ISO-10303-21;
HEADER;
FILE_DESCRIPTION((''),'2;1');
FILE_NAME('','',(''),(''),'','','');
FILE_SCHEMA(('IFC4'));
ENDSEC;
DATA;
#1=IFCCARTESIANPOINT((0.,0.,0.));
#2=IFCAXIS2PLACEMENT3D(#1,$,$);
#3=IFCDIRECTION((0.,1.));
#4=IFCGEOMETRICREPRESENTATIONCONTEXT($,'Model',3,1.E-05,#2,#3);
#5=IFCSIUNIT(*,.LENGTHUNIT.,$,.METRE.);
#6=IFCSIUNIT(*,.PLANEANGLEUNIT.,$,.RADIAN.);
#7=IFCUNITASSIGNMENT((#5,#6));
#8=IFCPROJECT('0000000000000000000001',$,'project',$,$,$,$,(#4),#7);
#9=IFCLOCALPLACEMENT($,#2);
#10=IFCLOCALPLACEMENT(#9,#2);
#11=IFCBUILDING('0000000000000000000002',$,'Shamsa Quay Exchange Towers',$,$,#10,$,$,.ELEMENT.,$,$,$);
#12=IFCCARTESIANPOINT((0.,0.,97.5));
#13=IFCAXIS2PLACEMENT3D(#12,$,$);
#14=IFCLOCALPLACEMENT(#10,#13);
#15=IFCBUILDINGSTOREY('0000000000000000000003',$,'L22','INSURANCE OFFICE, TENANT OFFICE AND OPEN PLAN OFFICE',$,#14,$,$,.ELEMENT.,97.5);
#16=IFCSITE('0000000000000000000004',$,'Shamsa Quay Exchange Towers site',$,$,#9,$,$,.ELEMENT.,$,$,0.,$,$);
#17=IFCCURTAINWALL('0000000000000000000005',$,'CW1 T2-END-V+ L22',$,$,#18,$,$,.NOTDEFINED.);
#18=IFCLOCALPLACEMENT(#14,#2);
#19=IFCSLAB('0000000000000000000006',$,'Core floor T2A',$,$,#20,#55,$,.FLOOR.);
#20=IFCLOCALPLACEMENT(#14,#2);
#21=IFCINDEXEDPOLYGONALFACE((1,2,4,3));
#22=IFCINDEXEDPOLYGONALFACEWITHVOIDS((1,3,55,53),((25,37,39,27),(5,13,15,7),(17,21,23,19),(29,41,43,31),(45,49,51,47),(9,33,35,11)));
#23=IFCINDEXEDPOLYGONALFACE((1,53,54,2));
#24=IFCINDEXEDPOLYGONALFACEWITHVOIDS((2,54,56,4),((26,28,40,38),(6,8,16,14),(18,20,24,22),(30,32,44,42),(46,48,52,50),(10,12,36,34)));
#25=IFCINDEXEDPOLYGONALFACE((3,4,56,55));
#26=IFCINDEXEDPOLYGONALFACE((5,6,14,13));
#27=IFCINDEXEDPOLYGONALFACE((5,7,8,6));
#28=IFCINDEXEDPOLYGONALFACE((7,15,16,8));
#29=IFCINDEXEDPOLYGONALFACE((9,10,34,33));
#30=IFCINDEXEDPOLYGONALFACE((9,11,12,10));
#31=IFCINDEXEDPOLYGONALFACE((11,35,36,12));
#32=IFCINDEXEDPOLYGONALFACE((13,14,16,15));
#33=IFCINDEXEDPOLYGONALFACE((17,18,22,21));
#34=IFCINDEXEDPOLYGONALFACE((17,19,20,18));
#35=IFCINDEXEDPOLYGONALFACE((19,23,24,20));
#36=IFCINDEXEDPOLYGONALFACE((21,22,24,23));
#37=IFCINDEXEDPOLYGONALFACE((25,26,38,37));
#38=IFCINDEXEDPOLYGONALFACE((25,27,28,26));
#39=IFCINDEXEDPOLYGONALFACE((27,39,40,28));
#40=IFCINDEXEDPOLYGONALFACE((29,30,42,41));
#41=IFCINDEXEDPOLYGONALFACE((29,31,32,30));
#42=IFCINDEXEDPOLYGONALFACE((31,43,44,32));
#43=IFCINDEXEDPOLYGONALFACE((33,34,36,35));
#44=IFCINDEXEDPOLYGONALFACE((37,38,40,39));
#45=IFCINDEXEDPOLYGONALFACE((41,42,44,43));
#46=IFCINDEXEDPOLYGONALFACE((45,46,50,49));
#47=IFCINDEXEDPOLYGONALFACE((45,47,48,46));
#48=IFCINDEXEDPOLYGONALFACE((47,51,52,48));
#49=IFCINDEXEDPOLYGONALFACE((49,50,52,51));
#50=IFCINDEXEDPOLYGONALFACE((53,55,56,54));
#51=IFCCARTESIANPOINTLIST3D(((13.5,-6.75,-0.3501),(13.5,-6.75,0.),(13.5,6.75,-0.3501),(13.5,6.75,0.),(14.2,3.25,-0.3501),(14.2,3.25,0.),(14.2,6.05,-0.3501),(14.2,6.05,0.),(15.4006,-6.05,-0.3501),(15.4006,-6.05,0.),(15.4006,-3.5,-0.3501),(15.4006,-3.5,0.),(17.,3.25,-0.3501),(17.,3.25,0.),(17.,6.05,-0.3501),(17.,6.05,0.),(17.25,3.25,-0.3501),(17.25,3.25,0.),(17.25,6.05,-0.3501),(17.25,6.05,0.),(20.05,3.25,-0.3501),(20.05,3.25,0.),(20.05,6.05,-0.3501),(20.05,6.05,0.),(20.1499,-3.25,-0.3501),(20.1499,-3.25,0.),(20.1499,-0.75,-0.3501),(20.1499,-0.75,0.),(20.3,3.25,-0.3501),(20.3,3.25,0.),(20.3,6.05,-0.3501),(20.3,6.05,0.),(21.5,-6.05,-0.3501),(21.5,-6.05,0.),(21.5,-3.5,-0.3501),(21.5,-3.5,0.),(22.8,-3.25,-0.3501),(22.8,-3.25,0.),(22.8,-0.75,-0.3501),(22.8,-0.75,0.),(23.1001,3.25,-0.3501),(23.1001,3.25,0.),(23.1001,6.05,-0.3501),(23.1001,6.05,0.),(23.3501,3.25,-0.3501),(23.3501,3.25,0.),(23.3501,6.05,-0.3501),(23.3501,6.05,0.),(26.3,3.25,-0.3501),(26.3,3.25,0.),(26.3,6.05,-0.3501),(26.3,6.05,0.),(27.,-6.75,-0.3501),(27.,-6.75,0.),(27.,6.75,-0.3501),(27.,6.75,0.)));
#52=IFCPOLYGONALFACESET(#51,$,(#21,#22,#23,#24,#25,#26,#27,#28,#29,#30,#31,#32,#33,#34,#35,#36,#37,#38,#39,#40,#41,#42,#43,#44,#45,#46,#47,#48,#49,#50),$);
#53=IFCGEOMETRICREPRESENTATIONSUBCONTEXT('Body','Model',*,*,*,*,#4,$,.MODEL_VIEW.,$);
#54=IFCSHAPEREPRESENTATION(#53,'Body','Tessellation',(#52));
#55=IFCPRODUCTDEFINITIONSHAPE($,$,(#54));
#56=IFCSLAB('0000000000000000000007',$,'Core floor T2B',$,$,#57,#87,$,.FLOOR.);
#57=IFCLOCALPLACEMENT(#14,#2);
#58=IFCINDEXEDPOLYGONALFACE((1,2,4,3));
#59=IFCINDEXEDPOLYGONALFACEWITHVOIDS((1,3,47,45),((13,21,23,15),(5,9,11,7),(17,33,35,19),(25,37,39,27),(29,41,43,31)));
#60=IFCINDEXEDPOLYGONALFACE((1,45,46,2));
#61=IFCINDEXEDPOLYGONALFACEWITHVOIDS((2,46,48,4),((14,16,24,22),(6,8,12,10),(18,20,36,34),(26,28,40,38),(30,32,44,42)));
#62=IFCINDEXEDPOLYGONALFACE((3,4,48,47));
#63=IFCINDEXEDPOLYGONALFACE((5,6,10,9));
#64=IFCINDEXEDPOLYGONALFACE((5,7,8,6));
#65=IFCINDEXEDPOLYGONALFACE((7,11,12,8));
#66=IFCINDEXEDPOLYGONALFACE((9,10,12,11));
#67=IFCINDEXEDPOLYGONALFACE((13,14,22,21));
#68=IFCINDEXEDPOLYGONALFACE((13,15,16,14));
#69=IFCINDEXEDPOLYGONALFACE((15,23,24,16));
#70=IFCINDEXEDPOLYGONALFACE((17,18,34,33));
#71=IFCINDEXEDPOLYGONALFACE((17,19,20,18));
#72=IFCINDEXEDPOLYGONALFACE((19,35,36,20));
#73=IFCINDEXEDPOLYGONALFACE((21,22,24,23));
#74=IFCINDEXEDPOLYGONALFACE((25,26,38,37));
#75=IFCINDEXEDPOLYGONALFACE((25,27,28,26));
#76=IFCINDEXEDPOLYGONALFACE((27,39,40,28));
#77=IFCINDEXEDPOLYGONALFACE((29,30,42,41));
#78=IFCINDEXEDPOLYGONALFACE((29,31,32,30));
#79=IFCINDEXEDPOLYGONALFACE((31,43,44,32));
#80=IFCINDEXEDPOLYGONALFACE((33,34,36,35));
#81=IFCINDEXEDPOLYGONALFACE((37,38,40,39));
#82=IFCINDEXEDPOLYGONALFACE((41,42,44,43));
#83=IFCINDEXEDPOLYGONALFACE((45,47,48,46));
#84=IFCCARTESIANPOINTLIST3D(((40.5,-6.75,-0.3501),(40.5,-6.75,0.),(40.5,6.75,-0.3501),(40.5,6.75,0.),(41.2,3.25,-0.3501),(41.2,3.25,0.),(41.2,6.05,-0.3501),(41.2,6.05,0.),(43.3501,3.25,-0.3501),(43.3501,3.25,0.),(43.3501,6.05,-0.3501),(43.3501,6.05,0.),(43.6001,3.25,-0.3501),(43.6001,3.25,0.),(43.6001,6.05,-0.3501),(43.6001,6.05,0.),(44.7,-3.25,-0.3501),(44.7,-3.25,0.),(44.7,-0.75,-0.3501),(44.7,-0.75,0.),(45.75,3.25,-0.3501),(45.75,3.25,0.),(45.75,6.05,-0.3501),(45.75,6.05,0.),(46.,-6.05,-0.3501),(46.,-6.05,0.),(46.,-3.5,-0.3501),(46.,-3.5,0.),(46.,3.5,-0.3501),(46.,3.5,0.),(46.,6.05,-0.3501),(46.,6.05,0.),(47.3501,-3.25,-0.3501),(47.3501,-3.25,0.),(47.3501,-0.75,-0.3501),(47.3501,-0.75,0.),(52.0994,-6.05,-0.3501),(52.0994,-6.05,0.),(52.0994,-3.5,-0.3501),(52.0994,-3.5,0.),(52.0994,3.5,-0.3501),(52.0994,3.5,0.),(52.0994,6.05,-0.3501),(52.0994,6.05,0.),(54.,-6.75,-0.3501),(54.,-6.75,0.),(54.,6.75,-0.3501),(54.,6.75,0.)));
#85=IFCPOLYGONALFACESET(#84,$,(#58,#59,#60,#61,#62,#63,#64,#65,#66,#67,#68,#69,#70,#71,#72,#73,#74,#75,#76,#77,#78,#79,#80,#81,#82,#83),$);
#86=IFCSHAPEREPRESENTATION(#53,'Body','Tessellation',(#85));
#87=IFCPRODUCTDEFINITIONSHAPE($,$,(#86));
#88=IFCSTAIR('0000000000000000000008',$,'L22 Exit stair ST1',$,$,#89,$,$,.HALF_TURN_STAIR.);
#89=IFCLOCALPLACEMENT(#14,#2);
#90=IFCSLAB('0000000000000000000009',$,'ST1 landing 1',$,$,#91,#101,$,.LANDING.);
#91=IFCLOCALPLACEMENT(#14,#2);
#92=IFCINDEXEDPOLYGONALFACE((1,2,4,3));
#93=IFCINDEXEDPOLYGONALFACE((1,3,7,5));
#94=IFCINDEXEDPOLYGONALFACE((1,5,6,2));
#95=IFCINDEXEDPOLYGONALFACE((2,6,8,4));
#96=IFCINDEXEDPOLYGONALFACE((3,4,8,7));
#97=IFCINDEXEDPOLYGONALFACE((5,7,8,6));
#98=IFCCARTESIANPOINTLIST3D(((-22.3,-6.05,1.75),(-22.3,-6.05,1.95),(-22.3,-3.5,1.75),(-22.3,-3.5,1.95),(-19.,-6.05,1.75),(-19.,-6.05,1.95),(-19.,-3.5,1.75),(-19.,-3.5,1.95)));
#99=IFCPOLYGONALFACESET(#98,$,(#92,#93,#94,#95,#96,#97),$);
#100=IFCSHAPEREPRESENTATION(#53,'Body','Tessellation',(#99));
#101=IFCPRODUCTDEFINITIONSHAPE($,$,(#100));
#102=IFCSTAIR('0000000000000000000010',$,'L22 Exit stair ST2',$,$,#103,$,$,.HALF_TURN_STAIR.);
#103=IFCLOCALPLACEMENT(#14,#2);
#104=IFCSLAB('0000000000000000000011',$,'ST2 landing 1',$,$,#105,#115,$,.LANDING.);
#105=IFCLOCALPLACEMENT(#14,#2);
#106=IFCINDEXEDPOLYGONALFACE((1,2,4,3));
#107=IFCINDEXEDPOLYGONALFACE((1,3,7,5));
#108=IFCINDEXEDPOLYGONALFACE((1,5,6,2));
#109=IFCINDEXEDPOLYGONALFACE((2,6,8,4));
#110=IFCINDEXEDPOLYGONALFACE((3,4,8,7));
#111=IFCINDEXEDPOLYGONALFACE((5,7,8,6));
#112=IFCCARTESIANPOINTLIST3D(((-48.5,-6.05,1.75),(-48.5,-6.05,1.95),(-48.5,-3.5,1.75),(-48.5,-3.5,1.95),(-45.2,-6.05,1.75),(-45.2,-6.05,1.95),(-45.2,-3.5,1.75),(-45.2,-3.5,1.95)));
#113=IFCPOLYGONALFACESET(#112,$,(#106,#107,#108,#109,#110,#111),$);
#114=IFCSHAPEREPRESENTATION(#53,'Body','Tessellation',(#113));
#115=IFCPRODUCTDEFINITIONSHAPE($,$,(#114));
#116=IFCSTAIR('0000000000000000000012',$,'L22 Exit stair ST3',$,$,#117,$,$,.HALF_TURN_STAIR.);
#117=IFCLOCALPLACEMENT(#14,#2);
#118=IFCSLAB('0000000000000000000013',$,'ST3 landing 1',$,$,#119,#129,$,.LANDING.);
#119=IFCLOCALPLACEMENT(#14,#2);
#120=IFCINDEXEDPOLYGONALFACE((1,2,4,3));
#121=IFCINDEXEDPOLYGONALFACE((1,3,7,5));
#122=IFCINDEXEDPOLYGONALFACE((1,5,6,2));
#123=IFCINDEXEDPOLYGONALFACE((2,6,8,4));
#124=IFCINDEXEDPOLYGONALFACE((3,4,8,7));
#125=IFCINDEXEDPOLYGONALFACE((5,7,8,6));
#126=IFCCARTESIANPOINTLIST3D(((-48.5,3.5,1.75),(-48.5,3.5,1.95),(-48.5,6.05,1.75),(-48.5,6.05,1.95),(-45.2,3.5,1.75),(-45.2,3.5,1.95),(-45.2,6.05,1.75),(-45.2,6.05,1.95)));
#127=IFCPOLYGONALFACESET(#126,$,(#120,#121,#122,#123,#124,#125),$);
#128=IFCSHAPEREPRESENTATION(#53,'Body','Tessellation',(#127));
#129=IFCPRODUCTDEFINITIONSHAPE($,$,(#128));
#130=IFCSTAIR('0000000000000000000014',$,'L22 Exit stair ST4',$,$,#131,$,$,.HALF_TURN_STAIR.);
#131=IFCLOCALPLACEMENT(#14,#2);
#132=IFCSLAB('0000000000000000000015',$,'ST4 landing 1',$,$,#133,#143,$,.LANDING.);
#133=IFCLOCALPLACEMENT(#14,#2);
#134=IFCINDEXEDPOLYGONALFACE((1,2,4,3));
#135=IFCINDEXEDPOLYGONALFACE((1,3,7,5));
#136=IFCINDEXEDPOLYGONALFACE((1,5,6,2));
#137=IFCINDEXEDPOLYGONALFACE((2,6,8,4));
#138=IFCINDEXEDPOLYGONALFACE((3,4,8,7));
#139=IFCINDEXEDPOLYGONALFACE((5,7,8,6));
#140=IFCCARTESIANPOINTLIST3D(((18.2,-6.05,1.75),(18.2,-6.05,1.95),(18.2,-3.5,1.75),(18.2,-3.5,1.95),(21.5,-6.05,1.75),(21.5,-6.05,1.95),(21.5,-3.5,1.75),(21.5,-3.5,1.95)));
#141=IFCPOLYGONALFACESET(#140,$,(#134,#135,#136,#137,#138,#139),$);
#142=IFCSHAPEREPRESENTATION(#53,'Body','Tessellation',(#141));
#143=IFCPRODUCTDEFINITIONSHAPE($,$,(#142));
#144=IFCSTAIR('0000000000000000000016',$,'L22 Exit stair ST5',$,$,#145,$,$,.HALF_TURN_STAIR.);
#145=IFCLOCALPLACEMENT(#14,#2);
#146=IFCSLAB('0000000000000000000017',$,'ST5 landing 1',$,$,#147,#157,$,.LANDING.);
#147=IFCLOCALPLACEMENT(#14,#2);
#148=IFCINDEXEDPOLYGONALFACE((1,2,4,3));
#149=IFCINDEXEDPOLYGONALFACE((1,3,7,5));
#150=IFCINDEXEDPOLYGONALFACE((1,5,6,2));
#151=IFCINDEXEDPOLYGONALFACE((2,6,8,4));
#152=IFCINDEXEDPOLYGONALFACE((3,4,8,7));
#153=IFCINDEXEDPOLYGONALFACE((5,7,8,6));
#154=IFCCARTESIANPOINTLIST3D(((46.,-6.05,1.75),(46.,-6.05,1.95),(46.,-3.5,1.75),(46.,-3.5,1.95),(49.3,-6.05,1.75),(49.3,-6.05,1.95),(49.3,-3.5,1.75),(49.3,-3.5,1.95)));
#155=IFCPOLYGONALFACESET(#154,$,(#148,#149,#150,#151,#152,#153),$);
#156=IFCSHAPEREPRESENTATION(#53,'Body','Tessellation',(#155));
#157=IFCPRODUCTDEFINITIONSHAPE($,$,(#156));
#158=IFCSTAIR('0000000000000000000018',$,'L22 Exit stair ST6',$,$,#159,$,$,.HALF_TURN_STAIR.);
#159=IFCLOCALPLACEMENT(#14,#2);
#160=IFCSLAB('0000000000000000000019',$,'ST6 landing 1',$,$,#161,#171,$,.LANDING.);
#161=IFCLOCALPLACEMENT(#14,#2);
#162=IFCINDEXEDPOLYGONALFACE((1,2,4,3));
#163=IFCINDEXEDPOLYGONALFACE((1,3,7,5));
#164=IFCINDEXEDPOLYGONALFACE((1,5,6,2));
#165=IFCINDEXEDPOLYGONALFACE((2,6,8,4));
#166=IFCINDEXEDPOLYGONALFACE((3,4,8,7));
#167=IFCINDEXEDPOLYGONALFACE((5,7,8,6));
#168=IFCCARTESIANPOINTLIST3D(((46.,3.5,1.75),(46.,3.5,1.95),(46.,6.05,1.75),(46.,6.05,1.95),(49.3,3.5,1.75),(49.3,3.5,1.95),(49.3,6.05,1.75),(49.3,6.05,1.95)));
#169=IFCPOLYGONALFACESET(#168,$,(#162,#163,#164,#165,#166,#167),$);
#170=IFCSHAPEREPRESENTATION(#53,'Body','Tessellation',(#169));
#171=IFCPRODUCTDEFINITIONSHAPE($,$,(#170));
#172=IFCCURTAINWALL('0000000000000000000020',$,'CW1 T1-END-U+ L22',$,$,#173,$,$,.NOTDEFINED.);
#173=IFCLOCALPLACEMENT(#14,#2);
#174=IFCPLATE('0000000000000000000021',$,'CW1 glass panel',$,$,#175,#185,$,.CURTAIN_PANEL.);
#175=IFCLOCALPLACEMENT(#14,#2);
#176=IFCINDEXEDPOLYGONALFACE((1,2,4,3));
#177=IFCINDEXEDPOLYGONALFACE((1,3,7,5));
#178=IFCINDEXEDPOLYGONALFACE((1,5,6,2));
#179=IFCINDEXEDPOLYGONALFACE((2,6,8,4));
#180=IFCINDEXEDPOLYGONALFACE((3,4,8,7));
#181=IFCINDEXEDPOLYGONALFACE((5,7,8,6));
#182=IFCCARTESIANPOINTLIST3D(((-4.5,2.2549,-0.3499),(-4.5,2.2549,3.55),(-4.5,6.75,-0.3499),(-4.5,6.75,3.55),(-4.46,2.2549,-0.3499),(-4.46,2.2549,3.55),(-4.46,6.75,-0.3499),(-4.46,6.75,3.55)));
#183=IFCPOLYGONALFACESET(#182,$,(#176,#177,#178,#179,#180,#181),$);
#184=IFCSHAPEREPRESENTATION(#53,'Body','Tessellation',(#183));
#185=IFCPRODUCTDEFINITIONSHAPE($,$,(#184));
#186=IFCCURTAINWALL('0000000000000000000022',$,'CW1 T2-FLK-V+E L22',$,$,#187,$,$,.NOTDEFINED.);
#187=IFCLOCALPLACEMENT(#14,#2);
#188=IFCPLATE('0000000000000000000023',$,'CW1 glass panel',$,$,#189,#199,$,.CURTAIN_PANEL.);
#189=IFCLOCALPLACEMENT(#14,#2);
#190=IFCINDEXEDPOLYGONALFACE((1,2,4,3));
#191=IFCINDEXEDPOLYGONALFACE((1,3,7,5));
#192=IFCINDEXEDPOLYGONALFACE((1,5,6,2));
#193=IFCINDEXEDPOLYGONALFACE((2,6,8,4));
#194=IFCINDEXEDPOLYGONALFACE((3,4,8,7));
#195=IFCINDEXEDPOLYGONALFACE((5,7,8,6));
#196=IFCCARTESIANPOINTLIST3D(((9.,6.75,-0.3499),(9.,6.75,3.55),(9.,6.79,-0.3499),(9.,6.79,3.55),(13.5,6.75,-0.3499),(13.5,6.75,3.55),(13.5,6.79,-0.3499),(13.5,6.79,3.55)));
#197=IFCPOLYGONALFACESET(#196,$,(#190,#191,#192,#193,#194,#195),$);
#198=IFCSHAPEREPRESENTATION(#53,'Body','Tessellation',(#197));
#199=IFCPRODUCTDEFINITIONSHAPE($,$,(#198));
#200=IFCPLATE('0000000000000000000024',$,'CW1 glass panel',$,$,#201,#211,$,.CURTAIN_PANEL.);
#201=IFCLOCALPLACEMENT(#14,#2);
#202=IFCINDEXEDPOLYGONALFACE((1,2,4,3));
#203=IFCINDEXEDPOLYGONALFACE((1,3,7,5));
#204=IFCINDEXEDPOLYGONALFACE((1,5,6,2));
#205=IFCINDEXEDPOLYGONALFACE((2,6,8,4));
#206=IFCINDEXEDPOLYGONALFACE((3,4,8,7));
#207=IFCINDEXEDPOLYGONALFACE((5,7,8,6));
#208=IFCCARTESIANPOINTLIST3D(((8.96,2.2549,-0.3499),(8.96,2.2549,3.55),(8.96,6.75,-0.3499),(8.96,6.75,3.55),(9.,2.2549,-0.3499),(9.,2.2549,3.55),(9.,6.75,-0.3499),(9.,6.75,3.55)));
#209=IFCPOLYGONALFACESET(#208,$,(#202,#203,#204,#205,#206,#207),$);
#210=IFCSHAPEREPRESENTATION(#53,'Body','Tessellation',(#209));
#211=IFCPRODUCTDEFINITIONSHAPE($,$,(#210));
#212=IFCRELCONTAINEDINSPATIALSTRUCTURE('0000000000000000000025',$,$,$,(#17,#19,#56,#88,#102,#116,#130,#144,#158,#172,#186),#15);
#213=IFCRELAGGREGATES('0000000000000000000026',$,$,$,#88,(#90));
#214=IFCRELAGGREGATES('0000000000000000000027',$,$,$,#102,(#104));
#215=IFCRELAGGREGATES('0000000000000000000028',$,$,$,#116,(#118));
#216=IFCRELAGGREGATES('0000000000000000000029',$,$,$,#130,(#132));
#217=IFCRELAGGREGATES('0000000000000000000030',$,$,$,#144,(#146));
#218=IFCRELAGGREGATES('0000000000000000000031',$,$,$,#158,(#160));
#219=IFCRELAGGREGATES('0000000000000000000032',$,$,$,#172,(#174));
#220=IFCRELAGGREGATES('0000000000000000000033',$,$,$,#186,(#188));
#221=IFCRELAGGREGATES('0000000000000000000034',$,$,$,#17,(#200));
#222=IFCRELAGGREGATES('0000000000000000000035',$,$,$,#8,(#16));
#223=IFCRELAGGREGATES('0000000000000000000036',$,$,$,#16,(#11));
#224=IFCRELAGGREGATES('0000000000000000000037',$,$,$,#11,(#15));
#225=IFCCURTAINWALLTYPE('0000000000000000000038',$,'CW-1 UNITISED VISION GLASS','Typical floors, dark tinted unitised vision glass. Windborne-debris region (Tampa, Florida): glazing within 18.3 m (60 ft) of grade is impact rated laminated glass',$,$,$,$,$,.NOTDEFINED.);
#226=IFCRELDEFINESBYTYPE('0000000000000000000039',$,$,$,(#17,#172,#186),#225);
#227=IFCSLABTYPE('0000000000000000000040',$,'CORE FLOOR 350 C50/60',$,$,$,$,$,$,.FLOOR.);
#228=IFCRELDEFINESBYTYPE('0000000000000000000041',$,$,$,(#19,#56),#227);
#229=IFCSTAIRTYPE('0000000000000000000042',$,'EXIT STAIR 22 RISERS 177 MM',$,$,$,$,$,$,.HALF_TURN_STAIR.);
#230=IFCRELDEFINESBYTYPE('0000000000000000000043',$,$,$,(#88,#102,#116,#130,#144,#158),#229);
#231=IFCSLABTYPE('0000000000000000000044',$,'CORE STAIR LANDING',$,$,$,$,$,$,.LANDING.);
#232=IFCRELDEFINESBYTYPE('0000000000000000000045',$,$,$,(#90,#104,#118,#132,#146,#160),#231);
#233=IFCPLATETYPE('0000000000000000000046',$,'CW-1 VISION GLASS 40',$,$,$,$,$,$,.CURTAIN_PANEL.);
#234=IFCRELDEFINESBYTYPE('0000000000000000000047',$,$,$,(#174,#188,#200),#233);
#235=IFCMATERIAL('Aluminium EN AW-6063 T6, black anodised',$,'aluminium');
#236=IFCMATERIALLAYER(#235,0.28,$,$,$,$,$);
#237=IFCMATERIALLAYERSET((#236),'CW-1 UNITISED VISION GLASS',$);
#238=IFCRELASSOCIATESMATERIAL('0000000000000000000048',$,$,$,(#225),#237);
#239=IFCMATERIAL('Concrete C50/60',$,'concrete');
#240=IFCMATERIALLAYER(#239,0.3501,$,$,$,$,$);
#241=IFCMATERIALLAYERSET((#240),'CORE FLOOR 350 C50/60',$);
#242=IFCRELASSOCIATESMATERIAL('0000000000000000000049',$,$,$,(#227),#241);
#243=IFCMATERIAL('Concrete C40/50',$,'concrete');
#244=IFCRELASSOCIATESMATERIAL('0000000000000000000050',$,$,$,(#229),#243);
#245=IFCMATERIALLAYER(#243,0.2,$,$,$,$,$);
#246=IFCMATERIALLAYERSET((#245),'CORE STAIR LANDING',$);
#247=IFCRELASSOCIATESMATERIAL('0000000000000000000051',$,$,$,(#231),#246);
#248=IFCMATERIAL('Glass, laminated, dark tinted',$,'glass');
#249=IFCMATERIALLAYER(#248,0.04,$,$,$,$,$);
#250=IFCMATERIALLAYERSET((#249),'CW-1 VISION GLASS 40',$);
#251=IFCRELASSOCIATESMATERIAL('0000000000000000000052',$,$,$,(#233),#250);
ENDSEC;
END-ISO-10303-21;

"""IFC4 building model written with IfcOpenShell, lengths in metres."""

from ifc_helpers import new_model, si_unit, direction, frame, origin, origin_2d, place, context, subcontext, project, spatial, polyline, rectangle, outline, extrude, material, layer, layer_set, type_object, element, aggregate, save


model = new_model("IFC4")

# Units and contexts
model_context = context("Model", 3, precision=1e-05, world=origin(), true_north=direction((0.0, 1.0)))
body_context = subcontext(model_context, "Body", "Model", "MODEL_VIEW")
ifc_project = project(units=[si_unit("LENGTHUNIT", "METRE"), si_unit("PLANEANGLEUNIT", "RADIAN")], contexts=[model_context])

# Site, building, storey
site_placement = place(None, origin())
site = spatial("IfcSite", under=ifc_project, at=site_placement, Name="Shamsa Quay Exchange Towers site", CompositionType="ELEMENT", RefElevation=0.0)
building_placement = place(site_placement, origin())
building = spatial("IfcBuilding", under=site, at=building_placement, Name="Shamsa Quay Exchange Towers", CompositionType="ELEMENT")
storey_placement = place(building_placement, frame((0.0, 0.0, 97.5)))
storey = spatial("IfcBuildingStorey", under=building, at=storey_placement, Name="L22", Description="INSURANCE OFFICE, TENANT OFFICE AND OPEN PLAN OFFICE", CompositionType="ELEMENT", Elevation=97.5)

# Curtain wall
ifc_material_1 = material(Name="Aluminium EN AW-6063 T6, black anodised", Category="aluminium")
ifc_layer_1 = layer(ifc_material_1, 0.28)
ifc_layer_set_1 = layer_set([ifc_layer_1], Name="CW-1 UNITISED VISION GLASS")
curtain_wall_type = type_object("IfcCurtainWallType", Name="CW-1 UNITISED VISION GLASS", Description="Typical floors, dark tinted unitised vision glass. Windborne-debris region (Tampa, Florida): glazing within 18.3 m (60 ft) of grade is impact rated laminated glass", PredefinedType="NOTDEFINED", material=ifc_layer_set_1)
curtain_wall_1_placement = place(storey_placement, origin())
curtain_wall_1 = element("IfcCurtainWall", 1, at=curtain_wall_1_placement, inside=storey, type_object=curtain_wall_type, Name="CW1 T2-END-V+ L22", PredefinedType="NOTDEFINED")

# Slabs
ifc_material_2 = material(Name="Concrete C50/60", Category="concrete")
ifc_layer_2 = layer(ifc_material_2, 0.3501)
ifc_layer_set_2 = layer_set([ifc_layer_2], Name="CORE FLOOR 350 C50/60")
slab_type_1 = type_object("IfcSlabType", Name="CORE FLOOR 350 C50/60", PredefinedType="FLOOR", material=ifc_layer_set_2)
slab_1_placement = place(storey_placement, frame((0.0, 0.0, -0.3501)))
element("IfcSlab", 2, at=slab_1_placement, inside=storey, type_object=slab_type_1, Name="Core floor T2A", PredefinedType="FLOOR", context=body_context, shape_type="SweptSolid", body=[
    extrude(outline(polyline([(13.5, -6.75), (27.0, -6.75), (27.0, 6.75), (13.5, 6.75), (13.5, -6.75)]), holes=[polyline([(15.4006, -6.05), (15.4006, -3.5), (21.5, -3.5), (21.5, -6.05), (15.4006, -6.05)]), polyline([(14.2, 3.25), (14.2, 6.05), (17.0, 6.05), (17.0, 3.25), (14.2, 3.25)]), polyline([(17.25, 3.25), (17.25, 6.05), (20.05, 6.05), (20.05, 3.25), (17.25, 3.25)]), polyline([(20.3, 3.25), (20.3, 6.05), (23.1001, 6.05), (23.1001, 3.25), (20.3, 3.25)]), polyline([(23.3501, 3.25), (23.3501, 6.05), (26.3, 6.05), (26.3, 3.25), (23.3501, 3.25)]), polyline([(20.1499, -3.25), (20.1499, -0.75), (22.8, -0.75), (22.8, -3.25), (20.1499, -3.25)])]), origin(), (0.0, 0.0, 1.0), 0.3501),
])
slab_2_placement = place(storey_placement, frame((0.0, 0.0, -0.3501)))
element("IfcSlab", 3, at=slab_2_placement, inside=storey, type_object=slab_type_1, Name="Core floor T2B", PredefinedType="FLOOR", context=body_context, shape_type="SweptSolid", body=[
    extrude(outline(polyline([(54.0, -6.75), (54.0, 6.75), (40.5, 6.75), (40.5, -6.75), (54.0, -6.75)]), holes=[polyline([(52.0994, -3.5), (52.0994, -6.05), (46.0, -6.05), (46.0, -3.5), (52.0994, -3.5)]), polyline([(52.0994, 6.05), (52.0994, 3.5), (46.0, 3.5), (46.0, 6.05), (52.0994, 6.05)]), polyline([(45.75, 3.25), (43.6001, 3.25), (43.6001, 6.05), (45.75, 6.05), (45.75, 3.25)]), polyline([(43.3501, 3.25), (41.2, 3.25), (41.2, 6.05), (43.3501, 6.05), (43.3501, 3.25)]), polyline([(47.3501, -3.25), (44.7, -3.25), (44.7, -0.75), (47.3501, -0.75), (47.3501, -3.25)])]), origin(), (0.0, 0.0, 1.0), 0.3501),
])

# Stairs, slabs
ifc_material_3 = material(Name="Concrete C40/50", Category="concrete")
stair_type = type_object("IfcStairType", Name="EXIT STAIR 22 RISERS 177 MM", PredefinedType="HALF_TURN_STAIR", material=ifc_material_3)
stair_1_placement = place(storey_placement, origin())
stair_1 = element("IfcStair", 4, at=stair_1_placement, inside=storey, type_object=stair_type, Name="L22 Exit stair ST1", PredefinedType="HALF_TURN_STAIR")
ifc_layer_3 = layer(ifc_material_3, 0.2)
ifc_layer_set_3 = layer_set([ifc_layer_3], Name="CORE STAIR LANDING")
slab_type_2 = type_object("IfcSlabType", Name="CORE STAIR LANDING", PredefinedType="LANDING", material=ifc_layer_set_3)
slab_3_placement = place(storey_placement, frame((0.0, 0.0, 1.75)))
slab_3 = element("IfcSlab", 5, at=slab_3_placement, type_object=slab_type_2, Name="ST1 landing 1", PredefinedType="LANDING", context=body_context, shape_type="SweptSolid", body=[
    extrude(outline(polyline([(-22.3, -6.05), (-19.0, -6.05), (-19.0, -3.5), (-22.3, -3.5), (-22.3, -6.05)])), origin(), (0.0, 0.0, 1.0), 0.2),
])
aggregate(stair_1, [slab_3])
stair_2_placement = place(storey_placement, origin())
stair_2 = element("IfcStair", 6, at=stair_2_placement, inside=storey, type_object=stair_type, Name="L22 Exit stair ST2", PredefinedType="HALF_TURN_STAIR")
slab_4_placement = place(storey_placement, frame((0.0, 0.0, 1.75)))
slab_4 = element("IfcSlab", 7, at=slab_4_placement, type_object=slab_type_2, Name="ST2 landing 1", PredefinedType="LANDING", context=body_context, shape_type="SweptSolid", body=[
    extrude(outline(polyline([(-45.2, -3.5), (-48.5, -3.5), (-48.5, -6.05), (-45.2, -6.05), (-45.2, -3.5)])), origin(), (0.0, 0.0, 1.0), 0.2),
])
aggregate(stair_2, [slab_4])
stair_3_placement = place(storey_placement, origin())
stair_3 = element("IfcStair", 8, at=stair_3_placement, inside=storey, type_object=stair_type, Name="L22 Exit stair ST3", PredefinedType="HALF_TURN_STAIR")
slab_5_placement = place(storey_placement, frame((0.0, 0.0, 1.75)))
slab_5 = element("IfcSlab", 9, at=slab_5_placement, type_object=slab_type_2, Name="ST3 landing 1", PredefinedType="LANDING", context=body_context, shape_type="SweptSolid", body=[
    extrude(outline(polyline([(-45.2, 6.05), (-48.5, 6.05), (-48.5, 3.5), (-45.2, 3.5), (-45.2, 6.05)])), origin(), (0.0, 0.0, 1.0), 0.2),
])
aggregate(stair_3, [slab_5])
stair_4_placement = place(storey_placement, origin())
stair_4 = element("IfcStair", 10, at=stair_4_placement, inside=storey, type_object=stair_type, Name="L22 Exit stair ST4", PredefinedType="HALF_TURN_STAIR")
slab_6_placement = place(storey_placement, frame((0.0, 0.0, 1.75)))
slab_6 = element("IfcSlab", 11, at=slab_6_placement, type_object=slab_type_2, Name="ST4 landing 1", PredefinedType="LANDING", context=body_context, shape_type="SweptSolid", body=[
    extrude(outline(polyline([(18.2, -6.05), (21.5, -6.05), (21.5, -3.5), (18.2, -3.5), (18.2, -6.05)])), origin(), (0.0, 0.0, 1.0), 0.2),
])
aggregate(stair_4, [slab_6])
stair_5_placement = place(storey_placement, origin())
stair_5 = element("IfcStair", 12, at=stair_5_placement, inside=storey, type_object=stair_type, Name="L22 Exit stair ST5", PredefinedType="HALF_TURN_STAIR")
slab_7_placement = place(storey_placement, frame((0.0, 0.0, 1.75)))
slab_7 = element("IfcSlab", 13, at=slab_7_placement, type_object=slab_type_2, Name="ST5 landing 1", PredefinedType="LANDING", context=body_context, shape_type="SweptSolid", body=[
    extrude(outline(polyline([(49.3, -3.5), (46.0, -3.5), (46.0, -6.05), (49.3, -6.05), (49.3, -3.5)])), origin(), (0.0, 0.0, 1.0), 0.2),
])
aggregate(stair_5, [slab_7])
stair_6_placement = place(storey_placement, origin())
stair_6 = element("IfcStair", 14, at=stair_6_placement, inside=storey, type_object=stair_type, Name="L22 Exit stair ST6", PredefinedType="HALF_TURN_STAIR")
slab_8_placement = place(storey_placement, frame((0.0, 0.0, 1.75)))
slab_8 = element("IfcSlab", 15, at=slab_8_placement, type_object=slab_type_2, Name="ST6 landing 1", PredefinedType="LANDING", context=body_context, shape_type="SweptSolid", body=[
    extrude(outline(polyline([(49.3, 6.05), (46.0, 6.05), (46.0, 3.5), (49.3, 3.5), (49.3, 6.05)])), origin(), (0.0, 0.0, 1.0), 0.2),
])
aggregate(stair_6, [slab_8])

# Curtain walls, plates
curtain_wall_2_placement = place(storey_placement, origin())
curtain_wall_2 = element("IfcCurtainWall", 16, at=curtain_wall_2_placement, inside=storey, type_object=curtain_wall_type, Name="CW1 T1-END-U+ L22", PredefinedType="NOTDEFINED")
ifc_material_4 = material(Name="Glass, laminated, dark tinted", Category="glass")
ifc_layer_4 = layer(ifc_material_4, 0.04)
ifc_layer_set_4 = layer_set([ifc_layer_4], Name="CW-1 VISION GLASS 40")
plate_type = type_object("IfcPlateType", Name="CW-1 VISION GLASS 40", PredefinedType="CURTAIN_PANEL", material=ifc_layer_set_4)
plate_1_placement = place(storey_placement, frame((-4.48, 4.5024, -0.3499), z_axis=(0.0, 0.0, 1.0), x_axis=(0.0, 1.0, 0.0)))
plate_1 = element("IfcPlate", 17, at=plate_1_placement, type_object=plate_type, Name="CW1 glass panel", PredefinedType="CURTAIN_PANEL", context=body_context, shape_type="SweptSolid", body=[
    extrude(rectangle(XDim=4.4951, YDim=0.04, at=origin_2d()), origin(), (0.0, 0.0, 1.0), 3.8999),
])
aggregate(curtain_wall_2, [plate_1])
curtain_wall_3_placement = place(storey_placement, origin())
curtain_wall_3 = element("IfcCurtainWall", 18, at=curtain_wall_3_placement, inside=storey, type_object=curtain_wall_type, Name="CW1 T2-FLK-V+E L22", PredefinedType="NOTDEFINED")
plate_2_placement = place(storey_placement, frame((11.25, 6.77, -0.3499), z_axis=(0.0, 0.0, 1.0), x_axis=(-1.0, 0.0, 0.0)))
plate_2 = element("IfcPlate", 19, at=plate_2_placement, type_object=plate_type, Name="CW1 glass panel", PredefinedType="CURTAIN_PANEL", context=body_context, shape_type="SweptSolid", body=[
    extrude(rectangle(XDim=4.5, YDim=0.04, at=origin_2d()), origin(), (0.0, 0.0, 1.0), 3.8999),
])
aggregate(curtain_wall_3, [plate_2])

# Plate
plate_3_placement = place(storey_placement, frame((8.98, 4.5024, -0.3499), z_axis=(0.0, 0.0, 1.0), x_axis=(0.0, -1.0, 0.0)))
plate_3 = element("IfcPlate", 20, at=plate_3_placement, type_object=plate_type, Name="CW1 glass panel", PredefinedType="CURTAIN_PANEL", context=body_context, shape_type="SweptSolid", body=[
    extrude(rectangle(XDim=4.4951, YDim=0.04, at=origin_2d()), origin(), (0.0, 0.0, 1.0), 3.8999),
])
aggregate(curtain_wall_1, [plate_3])

save(model, "model.ifc")
